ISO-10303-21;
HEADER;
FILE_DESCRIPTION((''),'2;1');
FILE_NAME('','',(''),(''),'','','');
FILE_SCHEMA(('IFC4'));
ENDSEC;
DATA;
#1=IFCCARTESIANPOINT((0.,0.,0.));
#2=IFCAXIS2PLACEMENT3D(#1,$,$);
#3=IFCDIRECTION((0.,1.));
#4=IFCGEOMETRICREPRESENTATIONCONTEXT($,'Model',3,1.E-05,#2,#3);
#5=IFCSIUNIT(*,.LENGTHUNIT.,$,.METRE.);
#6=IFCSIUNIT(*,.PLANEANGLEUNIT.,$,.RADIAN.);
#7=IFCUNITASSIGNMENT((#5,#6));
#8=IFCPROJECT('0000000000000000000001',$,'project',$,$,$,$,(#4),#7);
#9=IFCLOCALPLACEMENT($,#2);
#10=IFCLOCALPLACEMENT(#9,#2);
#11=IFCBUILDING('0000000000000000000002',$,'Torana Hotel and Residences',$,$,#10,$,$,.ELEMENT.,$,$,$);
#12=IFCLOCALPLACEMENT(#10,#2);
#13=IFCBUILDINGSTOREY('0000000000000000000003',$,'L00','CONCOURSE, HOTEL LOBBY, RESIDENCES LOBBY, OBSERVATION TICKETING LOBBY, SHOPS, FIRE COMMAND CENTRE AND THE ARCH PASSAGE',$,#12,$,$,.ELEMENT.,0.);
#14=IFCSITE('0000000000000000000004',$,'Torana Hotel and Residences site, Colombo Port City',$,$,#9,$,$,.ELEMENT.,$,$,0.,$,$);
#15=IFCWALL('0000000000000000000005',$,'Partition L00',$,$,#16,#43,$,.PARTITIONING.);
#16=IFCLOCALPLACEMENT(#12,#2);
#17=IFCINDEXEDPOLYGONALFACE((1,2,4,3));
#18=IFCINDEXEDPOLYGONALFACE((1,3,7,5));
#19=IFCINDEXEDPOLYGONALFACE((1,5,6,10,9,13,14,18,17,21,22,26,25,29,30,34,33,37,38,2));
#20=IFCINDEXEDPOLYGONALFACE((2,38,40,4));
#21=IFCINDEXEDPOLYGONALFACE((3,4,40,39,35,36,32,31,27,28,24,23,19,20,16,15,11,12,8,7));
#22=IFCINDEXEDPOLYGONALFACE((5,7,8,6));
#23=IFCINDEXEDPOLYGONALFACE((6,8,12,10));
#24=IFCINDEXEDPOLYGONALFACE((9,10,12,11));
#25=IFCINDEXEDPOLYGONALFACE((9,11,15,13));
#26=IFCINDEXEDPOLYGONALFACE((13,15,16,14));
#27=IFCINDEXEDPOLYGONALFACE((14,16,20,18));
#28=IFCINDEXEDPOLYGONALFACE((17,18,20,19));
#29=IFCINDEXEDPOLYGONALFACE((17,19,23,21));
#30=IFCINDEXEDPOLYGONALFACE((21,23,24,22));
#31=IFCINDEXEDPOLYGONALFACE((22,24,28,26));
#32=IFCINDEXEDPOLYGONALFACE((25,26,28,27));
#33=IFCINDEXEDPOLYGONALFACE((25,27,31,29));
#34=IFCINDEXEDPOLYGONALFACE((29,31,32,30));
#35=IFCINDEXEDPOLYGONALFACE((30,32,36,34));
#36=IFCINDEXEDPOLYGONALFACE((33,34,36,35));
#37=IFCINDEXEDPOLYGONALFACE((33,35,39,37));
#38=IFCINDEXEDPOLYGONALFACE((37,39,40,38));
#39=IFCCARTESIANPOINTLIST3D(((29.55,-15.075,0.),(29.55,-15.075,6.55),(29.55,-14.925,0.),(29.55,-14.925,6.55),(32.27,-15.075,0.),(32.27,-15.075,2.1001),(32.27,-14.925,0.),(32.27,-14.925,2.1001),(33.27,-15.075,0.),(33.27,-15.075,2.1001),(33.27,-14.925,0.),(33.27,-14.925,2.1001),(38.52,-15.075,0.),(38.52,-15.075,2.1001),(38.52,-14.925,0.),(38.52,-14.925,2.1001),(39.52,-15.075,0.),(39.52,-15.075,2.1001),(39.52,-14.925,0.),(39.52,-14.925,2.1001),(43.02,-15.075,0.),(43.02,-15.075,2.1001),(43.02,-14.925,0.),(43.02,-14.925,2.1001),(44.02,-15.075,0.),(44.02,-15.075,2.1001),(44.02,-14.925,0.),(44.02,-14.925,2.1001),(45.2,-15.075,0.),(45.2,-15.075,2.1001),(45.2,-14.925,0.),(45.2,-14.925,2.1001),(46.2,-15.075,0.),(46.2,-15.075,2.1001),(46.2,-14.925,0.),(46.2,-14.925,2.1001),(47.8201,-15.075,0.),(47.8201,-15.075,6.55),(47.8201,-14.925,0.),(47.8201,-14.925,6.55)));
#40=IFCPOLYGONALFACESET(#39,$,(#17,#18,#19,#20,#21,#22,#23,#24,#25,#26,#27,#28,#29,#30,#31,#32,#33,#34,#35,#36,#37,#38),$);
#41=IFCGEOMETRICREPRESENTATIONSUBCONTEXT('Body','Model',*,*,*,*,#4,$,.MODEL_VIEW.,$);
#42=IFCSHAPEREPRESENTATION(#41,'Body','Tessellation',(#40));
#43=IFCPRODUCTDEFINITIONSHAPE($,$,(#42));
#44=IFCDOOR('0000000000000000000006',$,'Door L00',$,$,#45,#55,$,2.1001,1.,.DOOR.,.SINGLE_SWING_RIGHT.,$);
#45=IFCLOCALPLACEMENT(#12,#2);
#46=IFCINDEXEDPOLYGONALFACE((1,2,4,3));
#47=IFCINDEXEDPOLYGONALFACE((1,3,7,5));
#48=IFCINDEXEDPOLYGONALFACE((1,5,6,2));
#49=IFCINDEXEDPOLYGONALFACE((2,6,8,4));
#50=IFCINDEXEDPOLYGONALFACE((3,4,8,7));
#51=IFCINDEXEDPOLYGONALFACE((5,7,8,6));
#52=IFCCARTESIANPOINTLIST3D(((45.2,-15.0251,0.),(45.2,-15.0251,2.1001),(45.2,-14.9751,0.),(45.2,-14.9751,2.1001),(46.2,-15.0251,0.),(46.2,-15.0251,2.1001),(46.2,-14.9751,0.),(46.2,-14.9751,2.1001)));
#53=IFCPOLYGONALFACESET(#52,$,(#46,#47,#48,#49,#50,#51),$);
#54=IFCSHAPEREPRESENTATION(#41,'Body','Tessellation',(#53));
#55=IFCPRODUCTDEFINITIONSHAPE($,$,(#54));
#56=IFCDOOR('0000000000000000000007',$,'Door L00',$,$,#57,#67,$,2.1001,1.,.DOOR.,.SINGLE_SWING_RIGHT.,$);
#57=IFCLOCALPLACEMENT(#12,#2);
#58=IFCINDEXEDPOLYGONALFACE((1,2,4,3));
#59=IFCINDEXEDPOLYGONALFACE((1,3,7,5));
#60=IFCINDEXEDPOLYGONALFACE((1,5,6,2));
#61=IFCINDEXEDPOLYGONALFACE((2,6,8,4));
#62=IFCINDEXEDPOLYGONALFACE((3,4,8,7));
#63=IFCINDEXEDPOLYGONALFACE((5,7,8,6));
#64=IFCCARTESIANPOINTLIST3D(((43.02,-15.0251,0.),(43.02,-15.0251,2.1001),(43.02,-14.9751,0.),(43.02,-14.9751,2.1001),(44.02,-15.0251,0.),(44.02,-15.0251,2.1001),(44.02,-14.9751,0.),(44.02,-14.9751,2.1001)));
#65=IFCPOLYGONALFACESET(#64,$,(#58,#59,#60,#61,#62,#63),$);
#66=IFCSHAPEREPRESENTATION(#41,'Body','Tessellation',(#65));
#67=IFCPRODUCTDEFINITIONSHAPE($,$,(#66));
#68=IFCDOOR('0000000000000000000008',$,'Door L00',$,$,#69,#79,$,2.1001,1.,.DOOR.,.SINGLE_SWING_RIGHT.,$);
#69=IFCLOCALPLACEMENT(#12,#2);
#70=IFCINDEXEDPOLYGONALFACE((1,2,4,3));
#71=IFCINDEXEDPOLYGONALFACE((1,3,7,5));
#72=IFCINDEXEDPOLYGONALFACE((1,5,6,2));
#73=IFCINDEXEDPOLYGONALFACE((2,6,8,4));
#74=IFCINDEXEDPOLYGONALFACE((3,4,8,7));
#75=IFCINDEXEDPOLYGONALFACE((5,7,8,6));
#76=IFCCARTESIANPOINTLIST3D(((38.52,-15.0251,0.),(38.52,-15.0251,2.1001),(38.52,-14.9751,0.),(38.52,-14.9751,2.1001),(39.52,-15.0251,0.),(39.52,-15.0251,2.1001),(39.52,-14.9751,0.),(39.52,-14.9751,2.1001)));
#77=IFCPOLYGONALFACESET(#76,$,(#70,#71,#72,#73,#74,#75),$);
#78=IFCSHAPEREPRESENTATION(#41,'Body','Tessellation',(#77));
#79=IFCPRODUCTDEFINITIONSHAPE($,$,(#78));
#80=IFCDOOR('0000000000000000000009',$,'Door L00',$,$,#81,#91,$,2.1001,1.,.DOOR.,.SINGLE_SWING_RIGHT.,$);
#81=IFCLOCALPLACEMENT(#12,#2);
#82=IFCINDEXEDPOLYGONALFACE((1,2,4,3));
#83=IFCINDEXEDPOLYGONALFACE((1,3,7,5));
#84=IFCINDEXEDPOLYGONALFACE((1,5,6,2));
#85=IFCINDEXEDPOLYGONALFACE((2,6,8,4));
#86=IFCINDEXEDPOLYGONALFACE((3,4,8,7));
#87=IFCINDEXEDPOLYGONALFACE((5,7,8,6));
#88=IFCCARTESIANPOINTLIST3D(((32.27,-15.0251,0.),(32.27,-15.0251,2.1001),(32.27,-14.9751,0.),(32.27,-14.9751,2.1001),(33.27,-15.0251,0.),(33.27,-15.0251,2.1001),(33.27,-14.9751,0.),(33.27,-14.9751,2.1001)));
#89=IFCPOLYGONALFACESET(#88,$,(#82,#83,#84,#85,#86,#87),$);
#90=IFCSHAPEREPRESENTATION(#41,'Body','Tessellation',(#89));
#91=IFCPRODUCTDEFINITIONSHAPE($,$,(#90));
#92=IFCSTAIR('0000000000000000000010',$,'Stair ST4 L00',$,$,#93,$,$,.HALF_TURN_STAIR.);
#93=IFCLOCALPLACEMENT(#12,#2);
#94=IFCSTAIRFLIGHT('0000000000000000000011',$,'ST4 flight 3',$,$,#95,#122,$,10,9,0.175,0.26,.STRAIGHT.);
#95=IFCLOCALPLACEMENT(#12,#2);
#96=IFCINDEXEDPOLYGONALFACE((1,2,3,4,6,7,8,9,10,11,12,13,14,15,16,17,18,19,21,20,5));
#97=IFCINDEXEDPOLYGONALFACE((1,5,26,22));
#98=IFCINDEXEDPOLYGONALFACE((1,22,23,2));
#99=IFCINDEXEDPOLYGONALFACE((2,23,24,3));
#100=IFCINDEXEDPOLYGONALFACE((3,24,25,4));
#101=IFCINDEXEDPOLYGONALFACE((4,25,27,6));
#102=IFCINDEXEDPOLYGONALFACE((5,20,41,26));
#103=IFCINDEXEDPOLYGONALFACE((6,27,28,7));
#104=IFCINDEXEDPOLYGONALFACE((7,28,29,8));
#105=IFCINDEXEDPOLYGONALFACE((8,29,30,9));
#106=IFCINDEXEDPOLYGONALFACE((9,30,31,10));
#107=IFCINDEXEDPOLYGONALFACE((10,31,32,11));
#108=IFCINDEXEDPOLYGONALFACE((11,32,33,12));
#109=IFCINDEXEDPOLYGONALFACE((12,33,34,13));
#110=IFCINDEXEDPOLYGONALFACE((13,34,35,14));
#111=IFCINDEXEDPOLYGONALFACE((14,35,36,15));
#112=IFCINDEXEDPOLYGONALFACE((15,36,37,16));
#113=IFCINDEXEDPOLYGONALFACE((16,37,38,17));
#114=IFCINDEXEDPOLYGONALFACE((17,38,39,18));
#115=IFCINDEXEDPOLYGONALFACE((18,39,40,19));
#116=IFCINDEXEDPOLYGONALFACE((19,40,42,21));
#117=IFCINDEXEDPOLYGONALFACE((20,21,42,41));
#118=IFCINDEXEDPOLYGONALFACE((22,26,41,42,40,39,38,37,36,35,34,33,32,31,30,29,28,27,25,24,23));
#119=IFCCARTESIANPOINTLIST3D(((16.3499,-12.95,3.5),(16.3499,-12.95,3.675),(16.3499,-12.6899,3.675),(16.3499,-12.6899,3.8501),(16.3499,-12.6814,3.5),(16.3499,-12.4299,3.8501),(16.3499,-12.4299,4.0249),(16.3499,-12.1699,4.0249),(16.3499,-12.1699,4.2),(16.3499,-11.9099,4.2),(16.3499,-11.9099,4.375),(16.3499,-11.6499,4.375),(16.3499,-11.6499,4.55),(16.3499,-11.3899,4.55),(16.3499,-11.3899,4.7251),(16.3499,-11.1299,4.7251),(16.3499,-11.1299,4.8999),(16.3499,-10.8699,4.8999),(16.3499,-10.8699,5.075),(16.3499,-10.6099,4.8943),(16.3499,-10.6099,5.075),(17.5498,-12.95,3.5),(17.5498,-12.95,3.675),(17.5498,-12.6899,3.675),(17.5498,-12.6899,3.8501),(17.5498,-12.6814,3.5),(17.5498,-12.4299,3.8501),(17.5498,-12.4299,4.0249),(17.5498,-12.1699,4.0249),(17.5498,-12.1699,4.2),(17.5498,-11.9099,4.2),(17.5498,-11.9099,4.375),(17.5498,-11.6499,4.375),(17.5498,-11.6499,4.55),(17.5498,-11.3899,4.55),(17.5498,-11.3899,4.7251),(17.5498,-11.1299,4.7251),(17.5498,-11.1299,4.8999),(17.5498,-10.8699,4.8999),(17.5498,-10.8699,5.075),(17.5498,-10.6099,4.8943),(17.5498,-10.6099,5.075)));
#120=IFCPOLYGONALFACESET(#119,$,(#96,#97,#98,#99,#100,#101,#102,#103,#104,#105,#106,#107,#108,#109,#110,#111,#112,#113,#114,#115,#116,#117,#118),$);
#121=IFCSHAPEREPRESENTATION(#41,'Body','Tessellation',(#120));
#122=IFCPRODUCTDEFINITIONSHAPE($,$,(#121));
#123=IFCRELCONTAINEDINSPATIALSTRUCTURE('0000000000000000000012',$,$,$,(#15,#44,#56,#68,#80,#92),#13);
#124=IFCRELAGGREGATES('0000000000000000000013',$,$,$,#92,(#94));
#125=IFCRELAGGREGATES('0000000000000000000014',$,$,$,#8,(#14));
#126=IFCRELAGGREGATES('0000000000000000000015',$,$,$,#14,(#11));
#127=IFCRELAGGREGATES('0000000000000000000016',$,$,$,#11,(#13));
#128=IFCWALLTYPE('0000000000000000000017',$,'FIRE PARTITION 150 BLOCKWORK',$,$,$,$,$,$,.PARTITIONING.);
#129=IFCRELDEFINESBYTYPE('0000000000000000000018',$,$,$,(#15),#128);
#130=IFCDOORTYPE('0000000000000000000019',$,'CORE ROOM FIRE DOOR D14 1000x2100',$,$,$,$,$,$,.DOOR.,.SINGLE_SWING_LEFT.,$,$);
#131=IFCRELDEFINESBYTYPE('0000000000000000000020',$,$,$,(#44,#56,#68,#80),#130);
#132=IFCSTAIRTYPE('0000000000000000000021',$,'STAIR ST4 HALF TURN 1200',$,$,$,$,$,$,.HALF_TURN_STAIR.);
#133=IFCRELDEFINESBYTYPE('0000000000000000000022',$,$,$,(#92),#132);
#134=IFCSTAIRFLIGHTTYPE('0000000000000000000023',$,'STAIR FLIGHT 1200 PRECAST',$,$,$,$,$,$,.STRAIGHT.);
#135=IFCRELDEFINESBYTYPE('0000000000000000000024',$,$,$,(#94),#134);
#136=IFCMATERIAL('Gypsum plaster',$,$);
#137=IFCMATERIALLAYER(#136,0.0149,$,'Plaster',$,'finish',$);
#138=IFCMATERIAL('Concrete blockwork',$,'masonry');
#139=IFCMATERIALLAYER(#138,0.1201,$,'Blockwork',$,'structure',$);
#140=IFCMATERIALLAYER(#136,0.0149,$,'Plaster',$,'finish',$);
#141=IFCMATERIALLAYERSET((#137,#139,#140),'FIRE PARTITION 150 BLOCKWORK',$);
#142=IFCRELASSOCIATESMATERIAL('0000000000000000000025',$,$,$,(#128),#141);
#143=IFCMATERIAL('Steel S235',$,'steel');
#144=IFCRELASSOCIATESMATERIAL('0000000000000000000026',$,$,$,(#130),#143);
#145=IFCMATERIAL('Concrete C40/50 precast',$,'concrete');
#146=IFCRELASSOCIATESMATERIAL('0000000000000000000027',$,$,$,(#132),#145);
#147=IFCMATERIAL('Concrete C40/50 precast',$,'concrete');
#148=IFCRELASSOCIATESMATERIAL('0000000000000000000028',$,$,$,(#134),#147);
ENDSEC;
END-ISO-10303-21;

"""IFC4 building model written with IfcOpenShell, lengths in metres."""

from ifc_helpers import new_model, si_unit, direction, frame, frame_2d, origin, place, context, subcontext, project, spatial, polyline, rectangle, outline, extrude, material, layer, layer_set, type_object, element, fill, aggregate, save


model = new_model("IFC4")

# Units and contexts
model_context = context("Model", 3, precision=1e-05, world=origin(), true_north=direction((0.0, 1.0)))
body_context = subcontext(model_context, "Body", "Model", "MODEL_VIEW")
ifc_project = project(units=[si_unit("LENGTHUNIT", "METRE"), si_unit("PLANEANGLEUNIT", "RADIAN")], contexts=[model_context])

# Site, building, storey
site_placement = place(None, origin())
site = spatial("IfcSite", under=ifc_project, at=site_placement, Name="Torana Hotel and Residences site, Colombo Port City", CompositionType="ELEMENT", RefElevation=0.0)
building_placement = place(site_placement, origin())
building = spatial("IfcBuilding", under=site, at=building_placement, Name="Torana Hotel and Residences", CompositionType="ELEMENT")
storey_placement = place(building_placement, origin())
storey = spatial("IfcBuildingStorey", under=building, at=storey_placement, Name="L00", Description="CONCOURSE, HOTEL LOBBY, RESIDENCES LOBBY, OBSERVATION TICKETING LOBBY, SHOPS, FIRE COMMAND CENTRE AND THE ARCH PASSAGE", CompositionType="ELEMENT", Elevation=0.0)

# Wall, openings, doors
ifc_material_1 = material(Name="Gypsum plaster")
ifc_layer_1 = layer(ifc_material_1, 0.0149, Name="Plaster", Category="finish")
ifc_material_2 = material(Name="Concrete blockwork", Category="masonry")
ifc_layer_2 = layer(ifc_material_2, 0.1201, Name="Blockwork", Category="structure")
ifc_layer_3 = layer(ifc_material_1, 0.0149, Name="Plaster", Category="finish")
ifc_layer_set_1 = layer_set([ifc_layer_1, ifc_layer_2, ifc_layer_3], Name="FIRE PARTITION 150 BLOCKWORK")
wall_type_1 = type_object("IfcWallType", Name="FIRE PARTITION 150 BLOCKWORK", PredefinedType="PARTITIONING", material=ifc_layer_set_1)
wall_1_placement = place(storey_placement, frame((29.55, -15.0, 0.0), z_axis=(0.0, 0.0, 1.0), x_axis=(1.0, 0.0, 0.0)))
wall_1 = element("IfcWall", 1, at=wall_1_placement, inside=storey, type_object=wall_type_1, Name="Partition L00", PredefinedType="PARTITIONING", context=body_context, shape_type="SweptSolid", body=[
    extrude(rectangle(XDim=18.27, YDim=0.1499, at=frame_2d((9.135, 0.0))), origin(), (0.0, 0.0, 1.0), 6.55),
])
opening_1_placement = place(wall_1_placement, frame((15.6499, 0.0, 0.0)))
opening_1 = element("IfcOpeningElement", 2, at=opening_1_placement, cuts=wall_1, PredefinedType="OPENING", context=body_context, shape_type="SweptSolid", body=[
    extrude(rectangle(XDim=1.0, YDim=2.1001, at=frame_2d((0.5, 1.05))), frame((0.0, 0.085, 0.0), z_axis=(0.0, -1.0, 0.0), x_axis=(1.0, 0.0, 0.0)), (0.0, 0.0, 1.0), 0.1699),
])
opening_2_placement = place(wall_1_placement, frame((13.47, 0.0, 0.0)))
opening_2 = element("IfcOpeningElement", 3, at=opening_2_placement, cuts=wall_1, PredefinedType="OPENING", context=body_context, shape_type="SweptSolid", body=[
    extrude(rectangle(XDim=1.0, YDim=2.1001, at=frame_2d((0.5, 1.05))), frame((0.0, 0.085, 0.0), z_axis=(0.0, -1.0, 0.0), x_axis=(1.0, 0.0, 0.0)), (0.0, 0.0, 1.0), 0.1699),
])
opening_3_placement = place(wall_1_placement, frame((8.97, 0.0, 0.0)))
opening_3 = element("IfcOpeningElement", 4, at=opening_3_placement, cuts=wall_1, PredefinedType="OPENING", context=body_context, shape_type="SweptSolid", body=[
    extrude(rectangle(XDim=1.0, YDim=2.1001, at=frame_2d((0.5, 1.05))), frame((0.0, 0.085, 0.0), z_axis=(0.0, -1.0, 0.0), x_axis=(1.0, 0.0, 0.0)), (0.0, 0.0, 1.0), 0.1699),
])
opening_4_placement = place(wall_1_placement, frame((2.72, 0.0, 0.0)))
opening_4 = element("IfcOpeningElement", 5, at=opening_4_placement, cuts=wall_1, PredefinedType="OPENING", context=body_context, shape_type="SweptSolid", body=[
    extrude(rectangle(XDim=1.0, YDim=2.1001, at=frame_2d((0.5, 1.05))), frame((0.0, 0.085, 0.0), z_axis=(0.0, -1.0, 0.0), x_axis=(1.0, 0.0, 0.0)), (0.0, 0.0, 1.0), 0.1699),
])
ifc_material_3 = material(Name="Steel S235", Category="steel")
door_type = type_object("IfcDoorType", Name="CORE ROOM FIRE DOOR D14 1000x2100", OperationType="SINGLE_SWING_LEFT", PredefinedType="DOOR", material=ifc_material_3)
door_1_placement = place(opening_1_placement, origin())
door_1 = element("IfcDoor", 6, at=door_1_placement, inside=storey, type_object=door_type, Name="Door L00", OperationType="SINGLE_SWING_RIGHT", OverallHeight=2.1001, OverallWidth=1.0, PredefinedType="DOOR", context=body_context, shape_type="SweptSolid", body=[
    extrude(rectangle(XDim=1.0, YDim=2.1001, at=frame_2d((0.5, 1.05))), frame((0.0, 0.0249, 0.0), z_axis=(0.0, -1.0, 0.0), x_axis=(1.0, 0.0, 0.0)), (0.0, 0.0, 1.0), 0.05),
])
fill(opening_1, door_1)
door_2_placement = place(opening_2_placement, origin())
door_2 = element("IfcDoor", 7, at=door_2_placement, inside=storey, type_object=door_type, Name="Door L00", OperationType="SINGLE_SWING_RIGHT", OverallHeight=2.1001, OverallWidth=1.0, PredefinedType="DOOR", context=body_context, shape_type="SweptSolid", body=[
    extrude(rectangle(XDim=1.0, YDim=2.1001, at=frame_2d((0.5, 1.05))), frame((0.0, 0.0249, 0.0), z_axis=(0.0, -1.0, 0.0), x_axis=(1.0, 0.0, 0.0)), (0.0, 0.0, 1.0), 0.05),
])
fill(opening_2, door_2)
door_3_placement = place(opening_3_placement, origin())
door_3 = element("IfcDoor", 8, at=door_3_placement, inside=storey, type_object=door_type, Name="Door L00", OperationType="SINGLE_SWING_RIGHT", OverallHeight=2.1001, OverallWidth=1.0, PredefinedType="DOOR", context=body_context, shape_type="SweptSolid", body=[
    extrude(rectangle(XDim=1.0, YDim=2.1001, at=frame_2d((0.5, 1.05))), frame((0.0, 0.0249, 0.0), z_axis=(0.0, -1.0, 0.0), x_axis=(1.0, 0.0, 0.0)), (0.0, 0.0, 1.0), 0.05),
])
fill(opening_3, door_3)
door_4_placement = place(opening_4_placement, origin())
door_4 = element("IfcDoor", 9, at=door_4_placement, inside=storey, type_object=door_type, Name="Door L00", OperationType="SINGLE_SWING_RIGHT", OverallHeight=2.1001, OverallWidth=1.0, PredefinedType="DOOR", context=body_context, shape_type="SweptSolid", body=[
    extrude(rectangle(XDim=1.0, YDim=2.1001, at=frame_2d((0.5, 1.05))), frame((0.0, 0.0249, 0.0), z_axis=(0.0, -1.0, 0.0), x_axis=(1.0, 0.0, 0.0)), (0.0, 0.0, 1.0), 0.05),
])
fill(opening_4, door_4)

# Stair, stair flight
ifc_material_4 = material(Name="Concrete C40/50 precast", Category="concrete")
stair_type = type_object("IfcStairType", Name="STAIR ST4 HALF TURN 1200", PredefinedType="HALF_TURN_STAIR", material=ifc_material_4)
stair_placement = place(storey_placement, origin())
stair = element("IfcStair", 10, at=stair_placement, inside=storey, type_object=stair_type, Name="Stair ST4 L00", PredefinedType="HALF_TURN_STAIR")
ifc_material_5 = material(Name="Concrete C40/50 precast", Category="concrete")
stair_flight_type = type_object("IfcStairFlightType", Name="STAIR FLIGHT 1200 PRECAST", PredefinedType="STRAIGHT", material=ifc_material_5)
stair_flight_placement = place(storey_placement, frame((16.95, -12.95, 3.5), z_axis=(0.0, 0.0, 1.0), x_axis=(0.0, 1.0, 0.0)))
stair_flight = element("IfcStairFlight", 11, at=stair_flight_placement, type_object=stair_flight_type, Name="ST4 flight 3", NumberOfRisers=10, NumberOfTreads=9, PredefinedType="STRAIGHT", RiserHeight=0.175, TreadLength=0.26, context=body_context, shape_type="SweptSolid", body=[
    extrude(outline(polyline([(0.0, 0.0), (0.0, 0.175), (0.26, 0.175), (0.26, 0.3501), (0.52, 0.3501), (0.52, 0.5249), (0.78, 0.5249), (0.78, 0.7), (1.04, 0.7), (1.04, 0.875), (1.3, 0.875), (1.3, 1.05), (1.5601, 1.05), (1.5601, 1.2251), (1.8201, 1.2251), (1.8201, 1.3999), (2.0801, 1.3999), (2.0801, 1.575), (2.3401, 1.575), (2.3401, 1.75), (2.3401, 1.3943), (0.2686, 0.0), (0.0, 0.0)])), frame((0.0, 0.6001, 0.0), z_axis=(0.0, -1.0, 0.0), x_axis=(1.0, 0.0, 0.0)), (0.0, 0.0, 1.0), 1.2),
])
aggregate(stair, [stair_flight])

save(model, "model.ifc")
